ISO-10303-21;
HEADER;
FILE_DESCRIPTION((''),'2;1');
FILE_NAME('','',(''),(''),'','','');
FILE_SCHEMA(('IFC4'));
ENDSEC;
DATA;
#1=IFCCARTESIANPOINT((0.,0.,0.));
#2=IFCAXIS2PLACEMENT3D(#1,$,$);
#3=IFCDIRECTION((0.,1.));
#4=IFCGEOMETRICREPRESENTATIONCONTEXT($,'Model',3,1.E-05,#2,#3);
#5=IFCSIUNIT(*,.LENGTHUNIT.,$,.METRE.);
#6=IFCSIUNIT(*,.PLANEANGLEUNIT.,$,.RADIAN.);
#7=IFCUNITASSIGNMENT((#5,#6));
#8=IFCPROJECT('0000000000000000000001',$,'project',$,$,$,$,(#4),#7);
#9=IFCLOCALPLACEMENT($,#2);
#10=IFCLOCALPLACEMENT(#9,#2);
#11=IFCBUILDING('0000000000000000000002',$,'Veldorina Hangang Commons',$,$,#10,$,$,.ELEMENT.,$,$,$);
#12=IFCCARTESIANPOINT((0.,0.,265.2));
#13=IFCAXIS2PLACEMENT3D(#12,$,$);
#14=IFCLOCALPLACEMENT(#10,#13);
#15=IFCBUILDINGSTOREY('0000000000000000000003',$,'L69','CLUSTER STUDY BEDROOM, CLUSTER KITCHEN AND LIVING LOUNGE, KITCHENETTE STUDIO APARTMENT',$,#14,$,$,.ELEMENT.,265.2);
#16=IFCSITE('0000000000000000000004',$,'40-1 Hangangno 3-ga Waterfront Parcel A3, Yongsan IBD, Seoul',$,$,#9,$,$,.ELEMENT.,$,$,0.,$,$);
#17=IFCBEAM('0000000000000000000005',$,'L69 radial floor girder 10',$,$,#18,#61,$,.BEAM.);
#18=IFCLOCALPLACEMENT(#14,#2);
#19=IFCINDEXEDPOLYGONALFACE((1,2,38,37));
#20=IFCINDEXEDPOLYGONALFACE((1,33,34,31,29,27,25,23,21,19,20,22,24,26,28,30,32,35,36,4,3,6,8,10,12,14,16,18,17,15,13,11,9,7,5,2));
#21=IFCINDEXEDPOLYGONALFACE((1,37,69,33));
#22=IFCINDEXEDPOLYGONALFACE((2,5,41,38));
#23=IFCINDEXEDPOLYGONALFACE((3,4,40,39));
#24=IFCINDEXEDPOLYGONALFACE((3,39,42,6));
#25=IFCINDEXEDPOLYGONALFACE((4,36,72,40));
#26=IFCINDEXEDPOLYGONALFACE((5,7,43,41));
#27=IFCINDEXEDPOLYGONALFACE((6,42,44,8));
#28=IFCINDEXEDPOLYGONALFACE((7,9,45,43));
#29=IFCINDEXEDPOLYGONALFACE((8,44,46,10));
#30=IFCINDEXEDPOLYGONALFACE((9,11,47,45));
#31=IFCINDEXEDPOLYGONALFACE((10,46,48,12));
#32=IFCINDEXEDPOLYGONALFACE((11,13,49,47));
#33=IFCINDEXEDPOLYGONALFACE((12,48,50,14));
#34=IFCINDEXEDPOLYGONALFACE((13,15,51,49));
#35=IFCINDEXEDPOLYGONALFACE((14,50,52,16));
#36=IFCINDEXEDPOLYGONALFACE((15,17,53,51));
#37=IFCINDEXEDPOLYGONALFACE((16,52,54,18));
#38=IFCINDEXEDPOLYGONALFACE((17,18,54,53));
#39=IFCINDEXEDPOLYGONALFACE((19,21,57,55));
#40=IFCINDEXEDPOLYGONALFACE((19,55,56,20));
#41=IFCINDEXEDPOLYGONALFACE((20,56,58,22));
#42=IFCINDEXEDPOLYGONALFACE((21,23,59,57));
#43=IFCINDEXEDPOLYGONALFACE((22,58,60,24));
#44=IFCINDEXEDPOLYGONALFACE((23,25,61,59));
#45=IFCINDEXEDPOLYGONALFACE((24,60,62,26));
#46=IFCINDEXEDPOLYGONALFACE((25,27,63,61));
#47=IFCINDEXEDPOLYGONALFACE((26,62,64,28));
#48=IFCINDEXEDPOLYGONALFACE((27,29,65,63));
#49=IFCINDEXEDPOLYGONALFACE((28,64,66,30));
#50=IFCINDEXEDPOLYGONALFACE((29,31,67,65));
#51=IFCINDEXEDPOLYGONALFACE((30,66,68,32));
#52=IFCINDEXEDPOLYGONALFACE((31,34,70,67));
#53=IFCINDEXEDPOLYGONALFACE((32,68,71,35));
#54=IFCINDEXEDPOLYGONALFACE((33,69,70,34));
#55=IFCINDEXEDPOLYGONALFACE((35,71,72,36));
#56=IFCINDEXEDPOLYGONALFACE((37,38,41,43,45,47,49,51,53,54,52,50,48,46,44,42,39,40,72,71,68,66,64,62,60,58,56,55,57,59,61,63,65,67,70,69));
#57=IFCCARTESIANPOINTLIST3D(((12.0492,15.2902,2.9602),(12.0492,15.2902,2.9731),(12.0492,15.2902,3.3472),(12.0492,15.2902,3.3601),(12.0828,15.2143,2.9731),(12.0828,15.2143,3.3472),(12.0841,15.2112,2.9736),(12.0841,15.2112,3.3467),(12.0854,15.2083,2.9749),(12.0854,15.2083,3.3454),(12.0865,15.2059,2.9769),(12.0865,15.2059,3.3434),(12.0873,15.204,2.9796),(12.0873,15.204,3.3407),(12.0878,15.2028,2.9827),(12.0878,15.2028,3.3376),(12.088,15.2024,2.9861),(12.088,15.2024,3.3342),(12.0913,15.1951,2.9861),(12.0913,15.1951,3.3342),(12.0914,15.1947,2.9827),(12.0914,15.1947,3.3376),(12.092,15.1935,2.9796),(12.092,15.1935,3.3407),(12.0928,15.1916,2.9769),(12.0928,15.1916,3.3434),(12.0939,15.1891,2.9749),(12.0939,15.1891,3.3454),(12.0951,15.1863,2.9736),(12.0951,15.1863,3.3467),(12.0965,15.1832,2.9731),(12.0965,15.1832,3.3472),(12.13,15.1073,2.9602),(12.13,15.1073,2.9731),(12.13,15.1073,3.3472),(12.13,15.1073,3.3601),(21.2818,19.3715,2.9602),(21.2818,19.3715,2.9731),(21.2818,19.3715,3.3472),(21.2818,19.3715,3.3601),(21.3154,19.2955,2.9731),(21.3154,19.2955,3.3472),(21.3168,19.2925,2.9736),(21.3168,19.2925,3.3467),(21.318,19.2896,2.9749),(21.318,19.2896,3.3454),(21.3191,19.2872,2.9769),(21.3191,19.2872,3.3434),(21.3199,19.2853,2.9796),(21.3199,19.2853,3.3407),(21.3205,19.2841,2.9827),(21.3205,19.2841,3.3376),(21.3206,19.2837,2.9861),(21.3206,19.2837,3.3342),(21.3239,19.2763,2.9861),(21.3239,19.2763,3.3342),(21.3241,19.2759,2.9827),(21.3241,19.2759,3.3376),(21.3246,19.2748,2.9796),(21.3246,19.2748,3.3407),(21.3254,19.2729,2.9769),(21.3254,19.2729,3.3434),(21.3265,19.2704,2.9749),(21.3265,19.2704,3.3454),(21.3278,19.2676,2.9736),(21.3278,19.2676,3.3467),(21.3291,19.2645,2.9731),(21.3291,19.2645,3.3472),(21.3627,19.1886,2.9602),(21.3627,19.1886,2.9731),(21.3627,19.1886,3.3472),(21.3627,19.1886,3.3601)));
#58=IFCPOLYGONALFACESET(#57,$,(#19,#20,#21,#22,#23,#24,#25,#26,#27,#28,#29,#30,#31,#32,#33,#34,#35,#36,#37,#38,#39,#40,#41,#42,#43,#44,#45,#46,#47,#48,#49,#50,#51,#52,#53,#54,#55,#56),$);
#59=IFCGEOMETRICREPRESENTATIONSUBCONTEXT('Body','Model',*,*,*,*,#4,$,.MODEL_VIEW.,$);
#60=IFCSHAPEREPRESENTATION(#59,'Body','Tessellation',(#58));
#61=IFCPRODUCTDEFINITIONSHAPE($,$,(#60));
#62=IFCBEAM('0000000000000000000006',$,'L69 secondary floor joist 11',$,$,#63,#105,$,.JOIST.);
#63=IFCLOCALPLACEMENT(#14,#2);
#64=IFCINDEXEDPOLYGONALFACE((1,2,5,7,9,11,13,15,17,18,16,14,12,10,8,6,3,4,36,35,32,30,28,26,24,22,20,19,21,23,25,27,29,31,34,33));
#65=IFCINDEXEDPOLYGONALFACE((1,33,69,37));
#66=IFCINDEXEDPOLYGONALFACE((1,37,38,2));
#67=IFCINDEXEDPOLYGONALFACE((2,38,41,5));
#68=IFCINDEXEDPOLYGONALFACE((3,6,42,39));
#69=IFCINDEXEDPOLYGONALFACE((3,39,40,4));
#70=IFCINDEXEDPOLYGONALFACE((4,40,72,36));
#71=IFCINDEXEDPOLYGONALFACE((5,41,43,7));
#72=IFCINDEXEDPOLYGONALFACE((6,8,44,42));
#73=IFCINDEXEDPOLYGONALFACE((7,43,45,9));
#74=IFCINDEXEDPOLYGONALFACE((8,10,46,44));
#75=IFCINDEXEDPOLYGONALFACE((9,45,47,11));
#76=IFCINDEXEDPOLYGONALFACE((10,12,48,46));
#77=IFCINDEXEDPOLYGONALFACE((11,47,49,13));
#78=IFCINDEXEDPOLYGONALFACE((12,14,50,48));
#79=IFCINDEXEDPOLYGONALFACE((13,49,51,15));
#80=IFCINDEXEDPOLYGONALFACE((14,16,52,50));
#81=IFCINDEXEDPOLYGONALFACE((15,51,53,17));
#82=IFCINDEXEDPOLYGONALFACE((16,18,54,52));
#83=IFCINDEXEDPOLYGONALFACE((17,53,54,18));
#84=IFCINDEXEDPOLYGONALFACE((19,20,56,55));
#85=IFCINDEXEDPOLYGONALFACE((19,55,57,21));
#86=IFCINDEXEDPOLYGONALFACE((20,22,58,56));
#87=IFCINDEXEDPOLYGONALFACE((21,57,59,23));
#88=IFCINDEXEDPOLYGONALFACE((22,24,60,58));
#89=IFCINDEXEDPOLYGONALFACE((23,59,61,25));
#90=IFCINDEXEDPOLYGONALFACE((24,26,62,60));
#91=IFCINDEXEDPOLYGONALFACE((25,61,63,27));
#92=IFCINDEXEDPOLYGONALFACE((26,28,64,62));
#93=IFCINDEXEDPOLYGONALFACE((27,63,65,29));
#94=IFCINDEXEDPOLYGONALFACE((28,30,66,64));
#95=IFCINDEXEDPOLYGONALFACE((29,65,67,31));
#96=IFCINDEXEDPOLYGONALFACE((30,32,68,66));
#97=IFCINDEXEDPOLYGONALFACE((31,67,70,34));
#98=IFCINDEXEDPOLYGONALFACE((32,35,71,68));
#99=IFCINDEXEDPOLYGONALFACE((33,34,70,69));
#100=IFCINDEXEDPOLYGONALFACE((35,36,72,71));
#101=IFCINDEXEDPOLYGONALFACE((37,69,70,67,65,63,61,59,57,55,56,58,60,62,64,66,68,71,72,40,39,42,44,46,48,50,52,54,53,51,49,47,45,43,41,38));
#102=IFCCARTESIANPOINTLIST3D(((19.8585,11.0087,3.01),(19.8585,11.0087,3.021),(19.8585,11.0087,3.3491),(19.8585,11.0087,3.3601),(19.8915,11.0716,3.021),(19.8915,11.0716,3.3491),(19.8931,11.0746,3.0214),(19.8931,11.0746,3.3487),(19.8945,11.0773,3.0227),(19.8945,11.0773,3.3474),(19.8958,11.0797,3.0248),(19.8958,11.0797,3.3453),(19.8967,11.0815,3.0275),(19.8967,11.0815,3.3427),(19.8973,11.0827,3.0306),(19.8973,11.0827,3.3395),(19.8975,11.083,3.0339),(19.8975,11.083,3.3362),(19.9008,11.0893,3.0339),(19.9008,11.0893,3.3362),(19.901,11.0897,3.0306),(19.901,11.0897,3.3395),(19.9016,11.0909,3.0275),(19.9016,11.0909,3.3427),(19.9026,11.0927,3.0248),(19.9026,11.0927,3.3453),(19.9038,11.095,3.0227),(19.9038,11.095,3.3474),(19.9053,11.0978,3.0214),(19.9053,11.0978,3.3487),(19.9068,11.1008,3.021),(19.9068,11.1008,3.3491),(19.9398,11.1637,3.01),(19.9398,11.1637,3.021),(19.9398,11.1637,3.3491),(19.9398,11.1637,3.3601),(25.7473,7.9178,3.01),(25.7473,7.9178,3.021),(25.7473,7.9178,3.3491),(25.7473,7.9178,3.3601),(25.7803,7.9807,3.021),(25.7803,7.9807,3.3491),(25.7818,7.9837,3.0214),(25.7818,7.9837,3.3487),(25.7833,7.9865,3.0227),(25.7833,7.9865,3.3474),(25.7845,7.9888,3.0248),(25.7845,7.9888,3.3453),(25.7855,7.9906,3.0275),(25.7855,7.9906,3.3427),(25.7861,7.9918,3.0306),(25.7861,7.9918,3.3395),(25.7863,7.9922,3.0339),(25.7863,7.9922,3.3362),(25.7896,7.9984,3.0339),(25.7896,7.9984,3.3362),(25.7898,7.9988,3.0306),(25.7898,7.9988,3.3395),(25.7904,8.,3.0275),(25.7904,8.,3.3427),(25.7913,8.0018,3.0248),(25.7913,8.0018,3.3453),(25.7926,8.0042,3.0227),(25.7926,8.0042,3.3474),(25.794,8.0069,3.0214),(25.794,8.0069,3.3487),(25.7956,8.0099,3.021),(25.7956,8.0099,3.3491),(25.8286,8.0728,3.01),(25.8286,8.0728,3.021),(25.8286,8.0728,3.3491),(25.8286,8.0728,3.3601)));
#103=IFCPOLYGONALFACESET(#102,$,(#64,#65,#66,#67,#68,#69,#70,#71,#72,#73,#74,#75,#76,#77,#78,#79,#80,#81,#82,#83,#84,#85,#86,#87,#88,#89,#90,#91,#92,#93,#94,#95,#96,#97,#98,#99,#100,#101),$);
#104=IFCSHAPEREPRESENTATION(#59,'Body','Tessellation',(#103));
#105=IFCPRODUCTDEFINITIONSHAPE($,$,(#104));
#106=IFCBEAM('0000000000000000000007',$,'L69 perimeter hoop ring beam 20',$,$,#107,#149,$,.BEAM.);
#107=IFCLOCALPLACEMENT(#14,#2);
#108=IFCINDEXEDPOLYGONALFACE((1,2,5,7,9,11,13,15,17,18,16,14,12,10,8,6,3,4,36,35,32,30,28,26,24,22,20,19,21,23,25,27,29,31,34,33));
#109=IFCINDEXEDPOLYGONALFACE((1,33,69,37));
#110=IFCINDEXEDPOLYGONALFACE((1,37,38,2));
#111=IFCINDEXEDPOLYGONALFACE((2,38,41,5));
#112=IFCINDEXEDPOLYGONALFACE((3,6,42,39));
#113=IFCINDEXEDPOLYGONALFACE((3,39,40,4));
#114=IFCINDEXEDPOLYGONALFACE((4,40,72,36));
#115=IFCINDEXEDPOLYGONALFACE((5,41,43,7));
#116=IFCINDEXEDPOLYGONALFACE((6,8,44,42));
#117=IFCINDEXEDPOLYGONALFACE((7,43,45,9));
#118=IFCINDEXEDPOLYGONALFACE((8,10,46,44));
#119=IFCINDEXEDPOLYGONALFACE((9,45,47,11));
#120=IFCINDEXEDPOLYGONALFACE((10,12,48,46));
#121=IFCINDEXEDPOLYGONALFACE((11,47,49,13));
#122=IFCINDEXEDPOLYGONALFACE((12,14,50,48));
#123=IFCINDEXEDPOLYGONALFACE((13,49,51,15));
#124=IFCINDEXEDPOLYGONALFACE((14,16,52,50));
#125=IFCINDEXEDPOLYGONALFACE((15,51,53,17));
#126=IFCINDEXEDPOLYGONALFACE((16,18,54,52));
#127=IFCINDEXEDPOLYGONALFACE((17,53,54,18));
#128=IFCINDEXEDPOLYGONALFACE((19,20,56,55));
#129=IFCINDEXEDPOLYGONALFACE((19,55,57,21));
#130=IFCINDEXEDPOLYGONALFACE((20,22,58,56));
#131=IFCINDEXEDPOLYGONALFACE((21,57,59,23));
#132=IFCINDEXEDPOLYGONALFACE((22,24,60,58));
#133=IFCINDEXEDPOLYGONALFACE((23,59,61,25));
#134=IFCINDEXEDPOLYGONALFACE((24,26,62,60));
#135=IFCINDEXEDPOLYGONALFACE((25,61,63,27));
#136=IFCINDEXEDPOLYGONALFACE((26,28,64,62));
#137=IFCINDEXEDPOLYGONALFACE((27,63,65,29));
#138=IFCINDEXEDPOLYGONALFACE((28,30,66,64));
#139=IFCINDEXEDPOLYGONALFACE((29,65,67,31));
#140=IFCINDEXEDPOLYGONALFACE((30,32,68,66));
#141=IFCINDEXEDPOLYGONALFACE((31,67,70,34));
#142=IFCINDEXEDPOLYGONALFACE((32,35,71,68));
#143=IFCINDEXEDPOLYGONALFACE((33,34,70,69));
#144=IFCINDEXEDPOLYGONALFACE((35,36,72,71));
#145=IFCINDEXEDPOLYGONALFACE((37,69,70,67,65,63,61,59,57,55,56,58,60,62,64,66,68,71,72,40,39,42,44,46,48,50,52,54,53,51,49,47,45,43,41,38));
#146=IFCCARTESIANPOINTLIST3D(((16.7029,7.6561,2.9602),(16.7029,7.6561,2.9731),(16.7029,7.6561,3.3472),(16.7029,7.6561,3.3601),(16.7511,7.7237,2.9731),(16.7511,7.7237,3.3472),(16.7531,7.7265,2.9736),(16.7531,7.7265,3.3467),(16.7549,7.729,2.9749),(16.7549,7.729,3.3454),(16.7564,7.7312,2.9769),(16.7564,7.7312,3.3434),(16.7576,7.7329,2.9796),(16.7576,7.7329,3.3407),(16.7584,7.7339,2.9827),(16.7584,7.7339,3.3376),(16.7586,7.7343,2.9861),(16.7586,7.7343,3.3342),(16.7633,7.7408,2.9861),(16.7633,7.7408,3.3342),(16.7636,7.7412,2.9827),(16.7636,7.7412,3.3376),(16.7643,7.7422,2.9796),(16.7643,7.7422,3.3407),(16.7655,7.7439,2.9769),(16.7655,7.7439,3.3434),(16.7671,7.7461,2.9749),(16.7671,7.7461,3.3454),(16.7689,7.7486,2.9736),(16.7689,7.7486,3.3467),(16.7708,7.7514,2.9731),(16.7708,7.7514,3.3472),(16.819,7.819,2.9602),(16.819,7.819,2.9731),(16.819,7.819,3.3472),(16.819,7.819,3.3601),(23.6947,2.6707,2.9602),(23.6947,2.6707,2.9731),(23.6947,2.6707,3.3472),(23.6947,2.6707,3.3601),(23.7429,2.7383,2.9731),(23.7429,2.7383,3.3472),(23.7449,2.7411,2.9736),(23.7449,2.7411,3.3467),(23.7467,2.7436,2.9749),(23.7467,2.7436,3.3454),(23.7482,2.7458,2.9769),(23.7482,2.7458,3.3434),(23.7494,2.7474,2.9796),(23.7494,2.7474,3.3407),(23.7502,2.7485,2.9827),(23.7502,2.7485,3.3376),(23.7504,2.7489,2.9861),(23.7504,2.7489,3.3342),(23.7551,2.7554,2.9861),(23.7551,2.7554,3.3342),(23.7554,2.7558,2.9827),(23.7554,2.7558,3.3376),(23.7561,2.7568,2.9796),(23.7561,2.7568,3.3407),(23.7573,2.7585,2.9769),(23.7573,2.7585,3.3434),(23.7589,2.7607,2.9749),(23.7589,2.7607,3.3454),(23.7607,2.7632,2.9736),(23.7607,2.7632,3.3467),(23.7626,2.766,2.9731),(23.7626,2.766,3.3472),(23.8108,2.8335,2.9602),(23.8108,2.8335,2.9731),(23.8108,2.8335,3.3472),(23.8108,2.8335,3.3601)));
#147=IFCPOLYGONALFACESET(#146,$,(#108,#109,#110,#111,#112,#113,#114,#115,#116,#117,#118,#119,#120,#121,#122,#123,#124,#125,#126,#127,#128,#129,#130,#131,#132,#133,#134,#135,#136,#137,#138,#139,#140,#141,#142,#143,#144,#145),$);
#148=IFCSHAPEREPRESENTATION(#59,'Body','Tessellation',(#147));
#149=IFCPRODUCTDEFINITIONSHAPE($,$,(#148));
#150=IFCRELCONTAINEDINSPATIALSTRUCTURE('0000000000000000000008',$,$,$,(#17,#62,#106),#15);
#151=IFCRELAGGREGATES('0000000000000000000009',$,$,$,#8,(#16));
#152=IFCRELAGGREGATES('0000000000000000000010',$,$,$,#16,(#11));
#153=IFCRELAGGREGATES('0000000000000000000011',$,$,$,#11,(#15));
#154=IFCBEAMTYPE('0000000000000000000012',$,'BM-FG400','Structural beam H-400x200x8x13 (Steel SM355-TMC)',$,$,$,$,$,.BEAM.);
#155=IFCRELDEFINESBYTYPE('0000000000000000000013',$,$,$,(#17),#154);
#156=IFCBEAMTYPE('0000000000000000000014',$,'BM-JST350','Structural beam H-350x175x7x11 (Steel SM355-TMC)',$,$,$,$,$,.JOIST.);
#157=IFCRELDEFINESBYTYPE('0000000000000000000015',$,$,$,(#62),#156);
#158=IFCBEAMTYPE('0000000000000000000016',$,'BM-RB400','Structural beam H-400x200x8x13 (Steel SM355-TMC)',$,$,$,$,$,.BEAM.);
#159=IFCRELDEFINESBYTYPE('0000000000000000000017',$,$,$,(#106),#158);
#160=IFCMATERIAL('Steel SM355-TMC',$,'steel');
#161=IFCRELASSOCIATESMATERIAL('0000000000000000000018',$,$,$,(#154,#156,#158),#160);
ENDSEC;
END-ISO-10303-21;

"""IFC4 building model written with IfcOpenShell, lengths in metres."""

from ifc_helpers import new_model, si_unit, direction, frame, origin, origin_2d, place, context, subcontext, project, spatial, i_section, extrude, material, material_profile, profile_set, type_object, element, save


model = new_model("IFC4")

# Units and contexts
model_context = context("Model", 3, precision=1e-05, world=origin(), true_north=direction((0.0, 1.0)))
body_context = subcontext(model_context, "Body", "Model", "MODEL_VIEW")
ifc_project = project(units=[si_unit("LENGTHUNIT", "METRE"), si_unit("PLANEANGLEUNIT", "RADIAN")], contexts=[model_context])

# Site, building, storey
site_placement = place(None, origin())
site = spatial("IfcSite", under=ifc_project, at=site_placement, Name="40-1 Hangangno 3-ga Waterfront Parcel A3, Yongsan IBD, Seoul", CompositionType="ELEMENT", RefElevation=0.0)
building_placement = place(site_placement, origin())
building = spatial("IfcBuilding", under=site, at=building_placement, Name="Veldorina Hangang Commons", CompositionType="ELEMENT")
storey_placement = place(building_placement, frame((0.0, 0.0, 265.2)))
storey = spatial("IfcBuildingStorey", under=building, at=storey_placement, Name="L69", Description="CLUSTER STUDY BEDROOM, CLUSTER KITCHEN AND LIVING LOUNGE, KITCHENETTE STUDIO APARTMENT", CompositionType="ELEMENT", Elevation=265.2)

# Beams
ifc_material_1 = material(Name="Steel SM355-TMC", Category="steel")
ifc_material_profile_1 = material_profile(ifc_material_1, i_section(OverallWidth=0.2, OverallDepth=0.3999, WebThickness=0.0081, FlangeThickness=0.0129, FilletRadius=0.0129, at=origin_2d()), Name="H-400x200x8x13")
ifc_profile_set_1 = profile_set([ifc_material_profile_1], Name="Steel SM355-TMC")
beam_type_1 = type_object("IfcBeamType", Name="BM-FG400", Description="Structural beam H-400x200x8x13 (Steel SM355-TMC)", PredefinedType="BEAM", material=ifc_profile_set_1)
beam_1_placement = place(storey_placement, frame((21.3223, 19.28, 3.1602), z_axis=(-0.914623, -0.404309, 0.0), x_axis=(0.404309, -0.914623, 0.0)))
element("IfcBeam", 1, at=beam_1_placement, inside=storey, type_object=beam_type_1, Name="L69 radial floor girder 10", PredefinedType="BEAM", context=body_context, shape_type="SweptSolid", body=[
    extrude(i_section(OverallWidth=0.2, OverallDepth=0.3999, WebThickness=0.0081, FlangeThickness=0.0129, FilletRadius=0.0129, at=origin_2d()), origin(), (0.0, 0.0, 1.0), 10.0945),
])
ifc_material_profile_2 = material_profile(ifc_material_1, i_section(OverallWidth=0.175, OverallDepth=0.3501, WebThickness=0.0071, FlangeThickness=0.011, FilletRadius=0.0129, at=origin_2d()), Name="H-350x175x7x11")
ifc_profile_set_2 = profile_set([ifc_material_profile_2], Name="Steel SM355-TMC")
beam_type_2 = type_object("IfcBeamType", Name="BM-JST350", Description="Structural beam H-350x175x7x11 (Steel SM355-TMC)", PredefinedType="JOIST", material=ifc_profile_set_2)
beam_2_placement = place(storey_placement, frame((19.8992, 11.0862, 3.1851), z_axis=(0.885443, -0.464748, 0.0), x_axis=(0.464748, 0.885443, 0.0)))
element("IfcBeam", 2, at=beam_2_placement, inside=storey, type_object=beam_type_2, Name="L69 secondary floor joist 11", PredefinedType="JOIST", context=body_context, shape_type="SweptSolid", body=[
    extrude(i_section(OverallWidth=0.175, OverallDepth=0.3501, WebThickness=0.0071, FlangeThickness=0.011, FilletRadius=0.0129, at=origin_2d()), origin(), (0.0, 0.0, 1.0), 6.6506),
])
ifc_material_profile_3 = material_profile(ifc_material_1, i_section(OverallWidth=0.2, OverallDepth=0.3999, WebThickness=0.0081, FlangeThickness=0.0129, FilletRadius=0.0129, at=origin_2d()), Name="H-400x200x8x13")
ifc_profile_set_3 = profile_set([ifc_material_profile_3], Name="Steel SM355-TMC")
beam_type_3 = type_object("IfcBeamType", Name="BM-RB400", Description="Structural beam H-400x200x8x13 (Steel SM355-TMC)", PredefinedType="BEAM", material=ifc_profile_set_3)
beam_3_placement = place(storey_placement, frame((16.761, 7.7375, 3.1602), z_axis=(0.814213, -0.580566, 0.0), x_axis=(0.580566, 0.814213, 0.0)))
element("IfcBeam", 3, at=beam_3_placement, inside=storey, type_object=beam_type_3, Name="L69 perimeter hoop ring beam 20", PredefinedType="BEAM", context=body_context, shape_type="SweptSolid", body=[
    extrude(i_section(OverallWidth=0.2, OverallDepth=0.3999, WebThickness=0.0081, FlangeThickness=0.0129, FilletRadius=0.0129, at=origin_2d()), origin(), (0.0, 0.0, 1.0), 8.5872),
])

save(model, "model.ifc")
